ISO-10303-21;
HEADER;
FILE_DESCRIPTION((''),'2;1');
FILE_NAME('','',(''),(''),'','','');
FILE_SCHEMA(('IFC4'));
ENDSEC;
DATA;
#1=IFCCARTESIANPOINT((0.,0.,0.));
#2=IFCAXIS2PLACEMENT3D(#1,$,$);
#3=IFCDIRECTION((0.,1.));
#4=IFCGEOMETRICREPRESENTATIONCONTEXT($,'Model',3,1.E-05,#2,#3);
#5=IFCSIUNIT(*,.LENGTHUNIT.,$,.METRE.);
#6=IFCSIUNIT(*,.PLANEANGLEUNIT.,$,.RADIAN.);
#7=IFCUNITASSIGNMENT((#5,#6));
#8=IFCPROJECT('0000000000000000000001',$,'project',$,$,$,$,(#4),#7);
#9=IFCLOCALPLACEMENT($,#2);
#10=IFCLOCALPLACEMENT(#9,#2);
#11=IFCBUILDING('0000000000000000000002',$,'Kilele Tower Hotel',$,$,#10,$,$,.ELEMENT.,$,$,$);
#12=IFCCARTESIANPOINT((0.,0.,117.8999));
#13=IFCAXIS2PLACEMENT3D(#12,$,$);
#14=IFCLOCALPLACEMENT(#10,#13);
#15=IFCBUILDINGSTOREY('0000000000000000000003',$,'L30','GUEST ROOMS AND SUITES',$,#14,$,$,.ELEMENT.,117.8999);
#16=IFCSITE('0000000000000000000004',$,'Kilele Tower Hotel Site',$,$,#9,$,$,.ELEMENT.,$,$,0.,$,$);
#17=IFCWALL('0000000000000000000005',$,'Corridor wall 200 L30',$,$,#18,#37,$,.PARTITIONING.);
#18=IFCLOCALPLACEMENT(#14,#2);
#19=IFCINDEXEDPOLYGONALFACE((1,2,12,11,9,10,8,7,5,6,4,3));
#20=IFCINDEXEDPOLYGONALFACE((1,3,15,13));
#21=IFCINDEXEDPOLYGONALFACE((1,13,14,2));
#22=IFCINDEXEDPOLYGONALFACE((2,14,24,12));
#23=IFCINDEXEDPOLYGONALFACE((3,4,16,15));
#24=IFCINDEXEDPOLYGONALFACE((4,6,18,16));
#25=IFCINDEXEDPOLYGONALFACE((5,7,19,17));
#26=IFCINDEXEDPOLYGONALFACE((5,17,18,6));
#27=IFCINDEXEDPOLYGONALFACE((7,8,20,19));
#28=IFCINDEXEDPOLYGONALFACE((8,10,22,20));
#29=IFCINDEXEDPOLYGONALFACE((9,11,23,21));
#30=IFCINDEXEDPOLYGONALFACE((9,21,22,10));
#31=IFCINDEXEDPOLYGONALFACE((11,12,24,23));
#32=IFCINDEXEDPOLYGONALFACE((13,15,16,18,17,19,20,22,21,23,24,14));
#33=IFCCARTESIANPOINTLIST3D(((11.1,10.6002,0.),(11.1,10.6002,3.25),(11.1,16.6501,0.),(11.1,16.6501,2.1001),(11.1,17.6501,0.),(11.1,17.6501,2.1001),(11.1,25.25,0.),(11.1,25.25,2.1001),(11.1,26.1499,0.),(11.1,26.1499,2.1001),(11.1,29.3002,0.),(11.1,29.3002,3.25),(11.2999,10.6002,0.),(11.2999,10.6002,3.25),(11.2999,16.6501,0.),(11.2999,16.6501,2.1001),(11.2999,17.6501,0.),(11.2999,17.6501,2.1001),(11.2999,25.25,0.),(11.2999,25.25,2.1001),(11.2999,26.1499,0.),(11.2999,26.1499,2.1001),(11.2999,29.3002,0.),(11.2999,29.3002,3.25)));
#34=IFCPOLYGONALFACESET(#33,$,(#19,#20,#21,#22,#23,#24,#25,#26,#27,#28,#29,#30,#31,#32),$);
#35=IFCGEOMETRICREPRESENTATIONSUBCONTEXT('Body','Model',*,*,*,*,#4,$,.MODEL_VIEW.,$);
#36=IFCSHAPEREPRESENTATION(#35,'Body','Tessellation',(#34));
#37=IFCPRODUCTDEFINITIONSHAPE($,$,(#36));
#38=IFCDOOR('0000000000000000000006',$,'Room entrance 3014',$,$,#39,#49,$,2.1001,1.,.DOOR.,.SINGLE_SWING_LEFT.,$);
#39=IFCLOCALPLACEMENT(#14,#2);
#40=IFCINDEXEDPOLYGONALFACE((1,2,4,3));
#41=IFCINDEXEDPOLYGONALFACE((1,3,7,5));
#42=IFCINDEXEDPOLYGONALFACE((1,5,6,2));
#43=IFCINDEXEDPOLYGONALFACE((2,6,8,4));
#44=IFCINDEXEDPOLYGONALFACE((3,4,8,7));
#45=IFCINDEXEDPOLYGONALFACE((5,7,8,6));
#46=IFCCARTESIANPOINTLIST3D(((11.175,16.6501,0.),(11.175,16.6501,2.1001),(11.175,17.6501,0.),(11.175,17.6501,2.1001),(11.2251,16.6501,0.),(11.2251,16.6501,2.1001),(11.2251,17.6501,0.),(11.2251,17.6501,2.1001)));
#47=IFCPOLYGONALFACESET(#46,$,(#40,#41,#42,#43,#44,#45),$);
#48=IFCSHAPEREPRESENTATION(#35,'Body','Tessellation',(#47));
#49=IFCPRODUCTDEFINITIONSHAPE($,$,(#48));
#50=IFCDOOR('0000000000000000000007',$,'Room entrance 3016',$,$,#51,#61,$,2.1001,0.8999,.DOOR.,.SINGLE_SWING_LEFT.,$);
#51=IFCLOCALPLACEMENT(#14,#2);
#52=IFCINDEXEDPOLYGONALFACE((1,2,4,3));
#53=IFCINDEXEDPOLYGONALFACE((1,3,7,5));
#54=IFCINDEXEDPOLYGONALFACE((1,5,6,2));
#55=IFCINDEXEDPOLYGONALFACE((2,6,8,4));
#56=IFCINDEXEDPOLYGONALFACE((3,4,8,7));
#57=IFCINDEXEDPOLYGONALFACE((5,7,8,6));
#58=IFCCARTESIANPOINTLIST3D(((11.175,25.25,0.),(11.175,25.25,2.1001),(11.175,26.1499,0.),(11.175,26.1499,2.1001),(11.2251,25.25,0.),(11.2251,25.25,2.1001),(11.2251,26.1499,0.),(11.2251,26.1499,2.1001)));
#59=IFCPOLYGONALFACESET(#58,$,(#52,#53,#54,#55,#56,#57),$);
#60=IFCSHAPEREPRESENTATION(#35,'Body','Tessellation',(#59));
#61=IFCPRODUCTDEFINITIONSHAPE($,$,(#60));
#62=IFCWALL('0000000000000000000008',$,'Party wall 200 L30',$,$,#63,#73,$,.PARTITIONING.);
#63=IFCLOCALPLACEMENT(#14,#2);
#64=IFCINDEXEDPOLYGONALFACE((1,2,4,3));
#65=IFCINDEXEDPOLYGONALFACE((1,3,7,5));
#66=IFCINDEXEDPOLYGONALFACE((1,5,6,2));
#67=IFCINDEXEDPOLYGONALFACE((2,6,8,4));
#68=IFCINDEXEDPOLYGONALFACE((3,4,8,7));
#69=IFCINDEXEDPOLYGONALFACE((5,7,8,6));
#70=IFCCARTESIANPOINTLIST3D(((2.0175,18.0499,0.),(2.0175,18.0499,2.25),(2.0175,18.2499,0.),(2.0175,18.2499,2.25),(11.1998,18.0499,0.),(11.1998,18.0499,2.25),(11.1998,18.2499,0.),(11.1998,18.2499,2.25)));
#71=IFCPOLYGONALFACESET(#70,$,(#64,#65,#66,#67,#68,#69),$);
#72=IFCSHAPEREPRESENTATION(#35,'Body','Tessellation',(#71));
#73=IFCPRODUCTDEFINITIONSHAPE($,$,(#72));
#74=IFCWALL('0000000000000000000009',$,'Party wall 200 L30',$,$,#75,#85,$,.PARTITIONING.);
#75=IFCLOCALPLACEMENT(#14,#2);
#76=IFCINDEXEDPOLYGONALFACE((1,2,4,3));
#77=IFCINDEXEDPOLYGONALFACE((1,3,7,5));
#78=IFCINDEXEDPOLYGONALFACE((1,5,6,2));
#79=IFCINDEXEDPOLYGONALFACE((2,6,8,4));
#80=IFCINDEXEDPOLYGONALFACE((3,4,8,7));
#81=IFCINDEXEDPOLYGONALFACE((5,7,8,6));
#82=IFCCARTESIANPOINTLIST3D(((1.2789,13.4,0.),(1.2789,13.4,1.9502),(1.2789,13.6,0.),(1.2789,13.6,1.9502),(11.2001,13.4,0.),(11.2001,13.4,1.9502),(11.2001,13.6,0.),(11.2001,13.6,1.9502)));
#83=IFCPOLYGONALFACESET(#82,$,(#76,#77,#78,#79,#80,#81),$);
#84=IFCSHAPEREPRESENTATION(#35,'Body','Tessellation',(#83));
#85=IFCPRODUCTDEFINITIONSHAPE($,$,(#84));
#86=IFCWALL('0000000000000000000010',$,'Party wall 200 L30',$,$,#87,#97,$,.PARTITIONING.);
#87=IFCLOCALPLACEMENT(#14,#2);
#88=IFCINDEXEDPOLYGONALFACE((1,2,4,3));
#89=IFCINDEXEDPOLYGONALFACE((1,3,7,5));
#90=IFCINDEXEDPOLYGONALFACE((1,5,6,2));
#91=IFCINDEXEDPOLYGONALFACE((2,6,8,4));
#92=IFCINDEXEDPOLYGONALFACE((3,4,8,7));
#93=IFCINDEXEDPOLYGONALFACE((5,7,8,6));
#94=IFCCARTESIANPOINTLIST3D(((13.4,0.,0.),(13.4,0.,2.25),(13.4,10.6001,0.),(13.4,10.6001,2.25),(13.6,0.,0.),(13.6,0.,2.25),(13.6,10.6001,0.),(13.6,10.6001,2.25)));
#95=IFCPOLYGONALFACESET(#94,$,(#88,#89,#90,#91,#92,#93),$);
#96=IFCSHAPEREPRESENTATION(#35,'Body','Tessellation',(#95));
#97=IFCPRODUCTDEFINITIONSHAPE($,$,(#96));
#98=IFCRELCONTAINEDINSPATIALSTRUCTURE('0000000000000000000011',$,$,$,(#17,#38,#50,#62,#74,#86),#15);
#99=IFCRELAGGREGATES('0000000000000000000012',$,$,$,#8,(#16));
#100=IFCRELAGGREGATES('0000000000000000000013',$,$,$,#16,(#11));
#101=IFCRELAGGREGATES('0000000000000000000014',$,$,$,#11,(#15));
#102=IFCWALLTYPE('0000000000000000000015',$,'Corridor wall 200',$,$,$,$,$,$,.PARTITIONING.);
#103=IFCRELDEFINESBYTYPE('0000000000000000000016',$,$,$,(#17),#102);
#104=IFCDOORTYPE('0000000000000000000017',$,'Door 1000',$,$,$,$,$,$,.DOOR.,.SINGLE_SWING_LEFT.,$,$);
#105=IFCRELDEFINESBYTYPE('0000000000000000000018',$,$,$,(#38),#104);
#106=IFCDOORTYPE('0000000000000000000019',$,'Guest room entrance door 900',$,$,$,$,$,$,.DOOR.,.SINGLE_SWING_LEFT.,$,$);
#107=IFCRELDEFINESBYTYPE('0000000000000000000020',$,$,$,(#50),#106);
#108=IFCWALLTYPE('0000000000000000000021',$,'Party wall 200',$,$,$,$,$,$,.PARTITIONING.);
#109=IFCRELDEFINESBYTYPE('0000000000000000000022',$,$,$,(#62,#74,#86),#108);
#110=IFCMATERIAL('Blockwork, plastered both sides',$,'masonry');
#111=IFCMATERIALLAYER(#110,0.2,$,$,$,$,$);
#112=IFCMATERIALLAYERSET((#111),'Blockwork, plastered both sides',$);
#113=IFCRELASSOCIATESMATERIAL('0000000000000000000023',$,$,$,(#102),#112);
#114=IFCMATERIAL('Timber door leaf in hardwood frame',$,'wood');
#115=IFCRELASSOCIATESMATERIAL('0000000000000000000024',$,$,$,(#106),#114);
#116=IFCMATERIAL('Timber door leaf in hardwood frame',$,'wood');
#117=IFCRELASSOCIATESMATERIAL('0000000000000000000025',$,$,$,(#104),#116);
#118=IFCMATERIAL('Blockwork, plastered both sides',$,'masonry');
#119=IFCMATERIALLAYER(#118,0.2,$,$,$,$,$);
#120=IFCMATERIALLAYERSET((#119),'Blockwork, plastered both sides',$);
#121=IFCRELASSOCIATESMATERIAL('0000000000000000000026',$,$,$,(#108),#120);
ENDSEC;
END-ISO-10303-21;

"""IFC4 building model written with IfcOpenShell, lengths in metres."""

from ifc_helpers import new_model, si_unit, direction, frame, frame_2d, origin, place, context, subcontext, project, spatial, rectangle, extrude, material, layer, layer_set, type_object, element, fill, save


model = new_model("IFC4")

# Units and contexts
model_context = context("Model", 3, precision=1e-05, world=origin(), true_north=direction((0.0, 1.0)))
body_context = subcontext(model_context, "Body", "Model", "MODEL_VIEW")
ifc_project = project(units=[si_unit("LENGTHUNIT", "METRE"), si_unit("PLANEANGLEUNIT", "RADIAN")], contexts=[model_context])

# Site, building, storey
site_placement = place(None, origin())
site = spatial("IfcSite", under=ifc_project, at=site_placement, Name="Kilele Tower Hotel Site", CompositionType="ELEMENT", RefElevation=0.0)
building_placement = place(site_placement, origin())
building = spatial("IfcBuilding", under=site, at=building_placement, Name="Kilele Tower Hotel", CompositionType="ELEMENT")
storey_placement = place(building_placement, frame((0.0, 0.0, 117.8999)))
storey = spatial("IfcBuildingStorey", under=building, at=storey_placement, Name="L30", Description="GUEST ROOMS AND SUITES", CompositionType="ELEMENT", Elevation=117.8999)

# Wall, openings, doors
ifc_material_1 = material(Name="Blockwork, plastered both sides", Category="masonry")
ifc_layer_1 = layer(ifc_material_1, 0.2)
ifc_layer_set_1 = layer_set([ifc_layer_1], Name="Blockwork, plastered both sides")
wall_type_1 = type_object("IfcWallType", Name="Corridor wall 200", PredefinedType="PARTITIONING", material=ifc_layer_set_1)
ifc_material_2 = material(Name="Timber door leaf in hardwood frame", Category="wood")
door_type_1 = type_object("IfcDoorType", Name="Guest room entrance door 900", OperationType="SINGLE_SWING_LEFT", PredefinedType="DOOR", material=ifc_material_2)
wall_1_placement = place(storey_placement, frame((11.2, 10.6001, 0.0), z_axis=(0.0, 0.0, 1.0), x_axis=(0.0, 1.0, 0.0)))
wall_1 = element("IfcWall", 1, at=wall_1_placement, inside=storey, type_object=wall_type_1, Name="Corridor wall 200 L30", PredefinedType="PARTITIONING", context=body_context, shape_type="SweptSolid", body=[
    extrude(rectangle(XDim=18.7, YDim=0.2, at=frame_2d((9.3501, 0.0))), origin(), (0.0, 0.0, 1.0), 3.25),
])
opening_1_placement = place(wall_1_placement, frame((6.05, 0.0, 0.0)))
opening_1 = element("IfcOpeningElement", 2, at=opening_1_placement, cuts=wall_1, PredefinedType="OPENING", context=body_context, shape_type="SweptSolid", body=[
    extrude(rectangle(XDim=1.0, YDim=2.1001, at=frame_2d((0.5, 1.05))), frame((0.0, 0.1099, 0.0), z_axis=(0.0, -1.0, 0.0), x_axis=(1.0, 0.0, 0.0)), (0.0, 0.0, 1.0), 0.22),
])
opening_2_placement = place(wall_1_placement, frame((14.6499, 0.0, 0.0)))
opening_2 = element("IfcOpeningElement", 3, at=opening_2_placement, cuts=wall_1, PredefinedType="OPENING", context=body_context, shape_type="SweptSolid", body=[
    extrude(rectangle(XDim=0.8999, YDim=2.1001, at=frame_2d((0.45, 1.05))), frame((0.0, 0.1099, 0.0), z_axis=(0.0, -1.0, 0.0), x_axis=(1.0, 0.0, 0.0)), (0.0, 0.0, 1.0), 0.22),
])
ifc_material_3 = material(Name="Timber door leaf in hardwood frame", Category="wood")
door_type_2 = type_object("IfcDoorType", Name="Door 1000", OperationType="SINGLE_SWING_LEFT", PredefinedType="DOOR", material=ifc_material_3)
door_1_placement = place(opening_1_placement, origin())
door_1 = element("IfcDoor", 4, at=door_1_placement, inside=storey, type_object=door_type_2, Name="Room entrance 3014", OperationType="SINGLE_SWING_LEFT", OverallHeight=2.1001, OverallWidth=1.0, PredefinedType="DOOR", context=body_context, shape_type="SweptSolid", body=[
    extrude(rectangle(XDim=1.0, YDim=2.1001, at=frame_2d((0.5, 1.05))), frame((0.0, 0.0249, 0.0), z_axis=(0.0, -1.0, 0.0), x_axis=(1.0, 0.0, 0.0)), (0.0, 0.0, 1.0), 0.05),
])
fill(opening_1, door_1)
door_2_placement = place(opening_2_placement, origin())
door_2 = element("IfcDoor", 5, at=door_2_placement, inside=storey, type_object=door_type_1, Name="Room entrance 3016", OperationType="SINGLE_SWING_LEFT", OverallHeight=2.1001, OverallWidth=0.8999, PredefinedType="DOOR", context=body_context, shape_type="SweptSolid", body=[
    extrude(rectangle(XDim=0.8999, YDim=2.1001, at=frame_2d((0.45, 1.05))), frame((0.0, 0.0249, 0.0), z_axis=(0.0, -1.0, 0.0), x_axis=(1.0, 0.0, 0.0)), (0.0, 0.0, 1.0), 0.05),
])
fill(opening_2, door_2)

# Walls
ifc_material_4 = material(Name="Blockwork, plastered both sides", Category="masonry")
ifc_layer_2 = layer(ifc_material_4, 0.2)
ifc_layer_set_2 = layer_set([ifc_layer_2], Name="Blockwork, plastered both sides")
wall_type_2 = type_object("IfcWallType", Name="Party wall 200", PredefinedType="PARTITIONING", material=ifc_layer_set_2)
wall_2_placement = place(storey_placement, frame((11.2, 18.1499, 0.0), z_axis=(0.0, 0.0, 1.0), x_axis=(-1.0, 0.0, 0.0)))
element("IfcWall", 6, at=wall_2_placement, inside=storey, type_object=wall_type_2, Name="Party wall 200 L30", PredefinedType="PARTITIONING", context=body_context, shape_type="SweptSolid", body=[
    extrude(rectangle(XDim=9.1824, YDim=0.2, at=frame_2d((4.5913, 0.0))), origin(), (0.0, 0.0, 1.0), 2.25),
])
wall_3_placement = place(storey_placement, frame((11.2, 13.5, 0.0), z_axis=(0.0, 0.0, 1.0), x_axis=(-1.0, 0.0, 0.0)))
element("IfcWall", 7, at=wall_3_placement, inside=storey, type_object=wall_type_2, Name="Party wall 200 L30", PredefinedType="PARTITIONING", context=body_context, shape_type="SweptSolid", body=[
    extrude(rectangle(XDim=9.9211, YDim=0.2, at=frame_2d((4.9604, 0.0))), origin(), (0.0, 0.0, 1.0), 1.9502),
])
wall_4_placement = place(storey_placement, frame((13.5, 10.6001, 0.0), z_axis=(0.0, 0.0, 1.0), x_axis=(0.0, -1.0, 0.0)))
element("IfcWall", 8, at=wall_4_placement, inside=storey, type_object=wall_type_2, Name="Party wall 200 L30", PredefinedType="PARTITIONING", context=body_context, shape_type="SweptSolid", body=[
    extrude(rectangle(XDim=10.6001, YDim=0.2, at=frame_2d((5.3, 0.0))), origin(), (0.0, 0.0, 1.0), 2.25),
])

save(model, "model.ifc")
